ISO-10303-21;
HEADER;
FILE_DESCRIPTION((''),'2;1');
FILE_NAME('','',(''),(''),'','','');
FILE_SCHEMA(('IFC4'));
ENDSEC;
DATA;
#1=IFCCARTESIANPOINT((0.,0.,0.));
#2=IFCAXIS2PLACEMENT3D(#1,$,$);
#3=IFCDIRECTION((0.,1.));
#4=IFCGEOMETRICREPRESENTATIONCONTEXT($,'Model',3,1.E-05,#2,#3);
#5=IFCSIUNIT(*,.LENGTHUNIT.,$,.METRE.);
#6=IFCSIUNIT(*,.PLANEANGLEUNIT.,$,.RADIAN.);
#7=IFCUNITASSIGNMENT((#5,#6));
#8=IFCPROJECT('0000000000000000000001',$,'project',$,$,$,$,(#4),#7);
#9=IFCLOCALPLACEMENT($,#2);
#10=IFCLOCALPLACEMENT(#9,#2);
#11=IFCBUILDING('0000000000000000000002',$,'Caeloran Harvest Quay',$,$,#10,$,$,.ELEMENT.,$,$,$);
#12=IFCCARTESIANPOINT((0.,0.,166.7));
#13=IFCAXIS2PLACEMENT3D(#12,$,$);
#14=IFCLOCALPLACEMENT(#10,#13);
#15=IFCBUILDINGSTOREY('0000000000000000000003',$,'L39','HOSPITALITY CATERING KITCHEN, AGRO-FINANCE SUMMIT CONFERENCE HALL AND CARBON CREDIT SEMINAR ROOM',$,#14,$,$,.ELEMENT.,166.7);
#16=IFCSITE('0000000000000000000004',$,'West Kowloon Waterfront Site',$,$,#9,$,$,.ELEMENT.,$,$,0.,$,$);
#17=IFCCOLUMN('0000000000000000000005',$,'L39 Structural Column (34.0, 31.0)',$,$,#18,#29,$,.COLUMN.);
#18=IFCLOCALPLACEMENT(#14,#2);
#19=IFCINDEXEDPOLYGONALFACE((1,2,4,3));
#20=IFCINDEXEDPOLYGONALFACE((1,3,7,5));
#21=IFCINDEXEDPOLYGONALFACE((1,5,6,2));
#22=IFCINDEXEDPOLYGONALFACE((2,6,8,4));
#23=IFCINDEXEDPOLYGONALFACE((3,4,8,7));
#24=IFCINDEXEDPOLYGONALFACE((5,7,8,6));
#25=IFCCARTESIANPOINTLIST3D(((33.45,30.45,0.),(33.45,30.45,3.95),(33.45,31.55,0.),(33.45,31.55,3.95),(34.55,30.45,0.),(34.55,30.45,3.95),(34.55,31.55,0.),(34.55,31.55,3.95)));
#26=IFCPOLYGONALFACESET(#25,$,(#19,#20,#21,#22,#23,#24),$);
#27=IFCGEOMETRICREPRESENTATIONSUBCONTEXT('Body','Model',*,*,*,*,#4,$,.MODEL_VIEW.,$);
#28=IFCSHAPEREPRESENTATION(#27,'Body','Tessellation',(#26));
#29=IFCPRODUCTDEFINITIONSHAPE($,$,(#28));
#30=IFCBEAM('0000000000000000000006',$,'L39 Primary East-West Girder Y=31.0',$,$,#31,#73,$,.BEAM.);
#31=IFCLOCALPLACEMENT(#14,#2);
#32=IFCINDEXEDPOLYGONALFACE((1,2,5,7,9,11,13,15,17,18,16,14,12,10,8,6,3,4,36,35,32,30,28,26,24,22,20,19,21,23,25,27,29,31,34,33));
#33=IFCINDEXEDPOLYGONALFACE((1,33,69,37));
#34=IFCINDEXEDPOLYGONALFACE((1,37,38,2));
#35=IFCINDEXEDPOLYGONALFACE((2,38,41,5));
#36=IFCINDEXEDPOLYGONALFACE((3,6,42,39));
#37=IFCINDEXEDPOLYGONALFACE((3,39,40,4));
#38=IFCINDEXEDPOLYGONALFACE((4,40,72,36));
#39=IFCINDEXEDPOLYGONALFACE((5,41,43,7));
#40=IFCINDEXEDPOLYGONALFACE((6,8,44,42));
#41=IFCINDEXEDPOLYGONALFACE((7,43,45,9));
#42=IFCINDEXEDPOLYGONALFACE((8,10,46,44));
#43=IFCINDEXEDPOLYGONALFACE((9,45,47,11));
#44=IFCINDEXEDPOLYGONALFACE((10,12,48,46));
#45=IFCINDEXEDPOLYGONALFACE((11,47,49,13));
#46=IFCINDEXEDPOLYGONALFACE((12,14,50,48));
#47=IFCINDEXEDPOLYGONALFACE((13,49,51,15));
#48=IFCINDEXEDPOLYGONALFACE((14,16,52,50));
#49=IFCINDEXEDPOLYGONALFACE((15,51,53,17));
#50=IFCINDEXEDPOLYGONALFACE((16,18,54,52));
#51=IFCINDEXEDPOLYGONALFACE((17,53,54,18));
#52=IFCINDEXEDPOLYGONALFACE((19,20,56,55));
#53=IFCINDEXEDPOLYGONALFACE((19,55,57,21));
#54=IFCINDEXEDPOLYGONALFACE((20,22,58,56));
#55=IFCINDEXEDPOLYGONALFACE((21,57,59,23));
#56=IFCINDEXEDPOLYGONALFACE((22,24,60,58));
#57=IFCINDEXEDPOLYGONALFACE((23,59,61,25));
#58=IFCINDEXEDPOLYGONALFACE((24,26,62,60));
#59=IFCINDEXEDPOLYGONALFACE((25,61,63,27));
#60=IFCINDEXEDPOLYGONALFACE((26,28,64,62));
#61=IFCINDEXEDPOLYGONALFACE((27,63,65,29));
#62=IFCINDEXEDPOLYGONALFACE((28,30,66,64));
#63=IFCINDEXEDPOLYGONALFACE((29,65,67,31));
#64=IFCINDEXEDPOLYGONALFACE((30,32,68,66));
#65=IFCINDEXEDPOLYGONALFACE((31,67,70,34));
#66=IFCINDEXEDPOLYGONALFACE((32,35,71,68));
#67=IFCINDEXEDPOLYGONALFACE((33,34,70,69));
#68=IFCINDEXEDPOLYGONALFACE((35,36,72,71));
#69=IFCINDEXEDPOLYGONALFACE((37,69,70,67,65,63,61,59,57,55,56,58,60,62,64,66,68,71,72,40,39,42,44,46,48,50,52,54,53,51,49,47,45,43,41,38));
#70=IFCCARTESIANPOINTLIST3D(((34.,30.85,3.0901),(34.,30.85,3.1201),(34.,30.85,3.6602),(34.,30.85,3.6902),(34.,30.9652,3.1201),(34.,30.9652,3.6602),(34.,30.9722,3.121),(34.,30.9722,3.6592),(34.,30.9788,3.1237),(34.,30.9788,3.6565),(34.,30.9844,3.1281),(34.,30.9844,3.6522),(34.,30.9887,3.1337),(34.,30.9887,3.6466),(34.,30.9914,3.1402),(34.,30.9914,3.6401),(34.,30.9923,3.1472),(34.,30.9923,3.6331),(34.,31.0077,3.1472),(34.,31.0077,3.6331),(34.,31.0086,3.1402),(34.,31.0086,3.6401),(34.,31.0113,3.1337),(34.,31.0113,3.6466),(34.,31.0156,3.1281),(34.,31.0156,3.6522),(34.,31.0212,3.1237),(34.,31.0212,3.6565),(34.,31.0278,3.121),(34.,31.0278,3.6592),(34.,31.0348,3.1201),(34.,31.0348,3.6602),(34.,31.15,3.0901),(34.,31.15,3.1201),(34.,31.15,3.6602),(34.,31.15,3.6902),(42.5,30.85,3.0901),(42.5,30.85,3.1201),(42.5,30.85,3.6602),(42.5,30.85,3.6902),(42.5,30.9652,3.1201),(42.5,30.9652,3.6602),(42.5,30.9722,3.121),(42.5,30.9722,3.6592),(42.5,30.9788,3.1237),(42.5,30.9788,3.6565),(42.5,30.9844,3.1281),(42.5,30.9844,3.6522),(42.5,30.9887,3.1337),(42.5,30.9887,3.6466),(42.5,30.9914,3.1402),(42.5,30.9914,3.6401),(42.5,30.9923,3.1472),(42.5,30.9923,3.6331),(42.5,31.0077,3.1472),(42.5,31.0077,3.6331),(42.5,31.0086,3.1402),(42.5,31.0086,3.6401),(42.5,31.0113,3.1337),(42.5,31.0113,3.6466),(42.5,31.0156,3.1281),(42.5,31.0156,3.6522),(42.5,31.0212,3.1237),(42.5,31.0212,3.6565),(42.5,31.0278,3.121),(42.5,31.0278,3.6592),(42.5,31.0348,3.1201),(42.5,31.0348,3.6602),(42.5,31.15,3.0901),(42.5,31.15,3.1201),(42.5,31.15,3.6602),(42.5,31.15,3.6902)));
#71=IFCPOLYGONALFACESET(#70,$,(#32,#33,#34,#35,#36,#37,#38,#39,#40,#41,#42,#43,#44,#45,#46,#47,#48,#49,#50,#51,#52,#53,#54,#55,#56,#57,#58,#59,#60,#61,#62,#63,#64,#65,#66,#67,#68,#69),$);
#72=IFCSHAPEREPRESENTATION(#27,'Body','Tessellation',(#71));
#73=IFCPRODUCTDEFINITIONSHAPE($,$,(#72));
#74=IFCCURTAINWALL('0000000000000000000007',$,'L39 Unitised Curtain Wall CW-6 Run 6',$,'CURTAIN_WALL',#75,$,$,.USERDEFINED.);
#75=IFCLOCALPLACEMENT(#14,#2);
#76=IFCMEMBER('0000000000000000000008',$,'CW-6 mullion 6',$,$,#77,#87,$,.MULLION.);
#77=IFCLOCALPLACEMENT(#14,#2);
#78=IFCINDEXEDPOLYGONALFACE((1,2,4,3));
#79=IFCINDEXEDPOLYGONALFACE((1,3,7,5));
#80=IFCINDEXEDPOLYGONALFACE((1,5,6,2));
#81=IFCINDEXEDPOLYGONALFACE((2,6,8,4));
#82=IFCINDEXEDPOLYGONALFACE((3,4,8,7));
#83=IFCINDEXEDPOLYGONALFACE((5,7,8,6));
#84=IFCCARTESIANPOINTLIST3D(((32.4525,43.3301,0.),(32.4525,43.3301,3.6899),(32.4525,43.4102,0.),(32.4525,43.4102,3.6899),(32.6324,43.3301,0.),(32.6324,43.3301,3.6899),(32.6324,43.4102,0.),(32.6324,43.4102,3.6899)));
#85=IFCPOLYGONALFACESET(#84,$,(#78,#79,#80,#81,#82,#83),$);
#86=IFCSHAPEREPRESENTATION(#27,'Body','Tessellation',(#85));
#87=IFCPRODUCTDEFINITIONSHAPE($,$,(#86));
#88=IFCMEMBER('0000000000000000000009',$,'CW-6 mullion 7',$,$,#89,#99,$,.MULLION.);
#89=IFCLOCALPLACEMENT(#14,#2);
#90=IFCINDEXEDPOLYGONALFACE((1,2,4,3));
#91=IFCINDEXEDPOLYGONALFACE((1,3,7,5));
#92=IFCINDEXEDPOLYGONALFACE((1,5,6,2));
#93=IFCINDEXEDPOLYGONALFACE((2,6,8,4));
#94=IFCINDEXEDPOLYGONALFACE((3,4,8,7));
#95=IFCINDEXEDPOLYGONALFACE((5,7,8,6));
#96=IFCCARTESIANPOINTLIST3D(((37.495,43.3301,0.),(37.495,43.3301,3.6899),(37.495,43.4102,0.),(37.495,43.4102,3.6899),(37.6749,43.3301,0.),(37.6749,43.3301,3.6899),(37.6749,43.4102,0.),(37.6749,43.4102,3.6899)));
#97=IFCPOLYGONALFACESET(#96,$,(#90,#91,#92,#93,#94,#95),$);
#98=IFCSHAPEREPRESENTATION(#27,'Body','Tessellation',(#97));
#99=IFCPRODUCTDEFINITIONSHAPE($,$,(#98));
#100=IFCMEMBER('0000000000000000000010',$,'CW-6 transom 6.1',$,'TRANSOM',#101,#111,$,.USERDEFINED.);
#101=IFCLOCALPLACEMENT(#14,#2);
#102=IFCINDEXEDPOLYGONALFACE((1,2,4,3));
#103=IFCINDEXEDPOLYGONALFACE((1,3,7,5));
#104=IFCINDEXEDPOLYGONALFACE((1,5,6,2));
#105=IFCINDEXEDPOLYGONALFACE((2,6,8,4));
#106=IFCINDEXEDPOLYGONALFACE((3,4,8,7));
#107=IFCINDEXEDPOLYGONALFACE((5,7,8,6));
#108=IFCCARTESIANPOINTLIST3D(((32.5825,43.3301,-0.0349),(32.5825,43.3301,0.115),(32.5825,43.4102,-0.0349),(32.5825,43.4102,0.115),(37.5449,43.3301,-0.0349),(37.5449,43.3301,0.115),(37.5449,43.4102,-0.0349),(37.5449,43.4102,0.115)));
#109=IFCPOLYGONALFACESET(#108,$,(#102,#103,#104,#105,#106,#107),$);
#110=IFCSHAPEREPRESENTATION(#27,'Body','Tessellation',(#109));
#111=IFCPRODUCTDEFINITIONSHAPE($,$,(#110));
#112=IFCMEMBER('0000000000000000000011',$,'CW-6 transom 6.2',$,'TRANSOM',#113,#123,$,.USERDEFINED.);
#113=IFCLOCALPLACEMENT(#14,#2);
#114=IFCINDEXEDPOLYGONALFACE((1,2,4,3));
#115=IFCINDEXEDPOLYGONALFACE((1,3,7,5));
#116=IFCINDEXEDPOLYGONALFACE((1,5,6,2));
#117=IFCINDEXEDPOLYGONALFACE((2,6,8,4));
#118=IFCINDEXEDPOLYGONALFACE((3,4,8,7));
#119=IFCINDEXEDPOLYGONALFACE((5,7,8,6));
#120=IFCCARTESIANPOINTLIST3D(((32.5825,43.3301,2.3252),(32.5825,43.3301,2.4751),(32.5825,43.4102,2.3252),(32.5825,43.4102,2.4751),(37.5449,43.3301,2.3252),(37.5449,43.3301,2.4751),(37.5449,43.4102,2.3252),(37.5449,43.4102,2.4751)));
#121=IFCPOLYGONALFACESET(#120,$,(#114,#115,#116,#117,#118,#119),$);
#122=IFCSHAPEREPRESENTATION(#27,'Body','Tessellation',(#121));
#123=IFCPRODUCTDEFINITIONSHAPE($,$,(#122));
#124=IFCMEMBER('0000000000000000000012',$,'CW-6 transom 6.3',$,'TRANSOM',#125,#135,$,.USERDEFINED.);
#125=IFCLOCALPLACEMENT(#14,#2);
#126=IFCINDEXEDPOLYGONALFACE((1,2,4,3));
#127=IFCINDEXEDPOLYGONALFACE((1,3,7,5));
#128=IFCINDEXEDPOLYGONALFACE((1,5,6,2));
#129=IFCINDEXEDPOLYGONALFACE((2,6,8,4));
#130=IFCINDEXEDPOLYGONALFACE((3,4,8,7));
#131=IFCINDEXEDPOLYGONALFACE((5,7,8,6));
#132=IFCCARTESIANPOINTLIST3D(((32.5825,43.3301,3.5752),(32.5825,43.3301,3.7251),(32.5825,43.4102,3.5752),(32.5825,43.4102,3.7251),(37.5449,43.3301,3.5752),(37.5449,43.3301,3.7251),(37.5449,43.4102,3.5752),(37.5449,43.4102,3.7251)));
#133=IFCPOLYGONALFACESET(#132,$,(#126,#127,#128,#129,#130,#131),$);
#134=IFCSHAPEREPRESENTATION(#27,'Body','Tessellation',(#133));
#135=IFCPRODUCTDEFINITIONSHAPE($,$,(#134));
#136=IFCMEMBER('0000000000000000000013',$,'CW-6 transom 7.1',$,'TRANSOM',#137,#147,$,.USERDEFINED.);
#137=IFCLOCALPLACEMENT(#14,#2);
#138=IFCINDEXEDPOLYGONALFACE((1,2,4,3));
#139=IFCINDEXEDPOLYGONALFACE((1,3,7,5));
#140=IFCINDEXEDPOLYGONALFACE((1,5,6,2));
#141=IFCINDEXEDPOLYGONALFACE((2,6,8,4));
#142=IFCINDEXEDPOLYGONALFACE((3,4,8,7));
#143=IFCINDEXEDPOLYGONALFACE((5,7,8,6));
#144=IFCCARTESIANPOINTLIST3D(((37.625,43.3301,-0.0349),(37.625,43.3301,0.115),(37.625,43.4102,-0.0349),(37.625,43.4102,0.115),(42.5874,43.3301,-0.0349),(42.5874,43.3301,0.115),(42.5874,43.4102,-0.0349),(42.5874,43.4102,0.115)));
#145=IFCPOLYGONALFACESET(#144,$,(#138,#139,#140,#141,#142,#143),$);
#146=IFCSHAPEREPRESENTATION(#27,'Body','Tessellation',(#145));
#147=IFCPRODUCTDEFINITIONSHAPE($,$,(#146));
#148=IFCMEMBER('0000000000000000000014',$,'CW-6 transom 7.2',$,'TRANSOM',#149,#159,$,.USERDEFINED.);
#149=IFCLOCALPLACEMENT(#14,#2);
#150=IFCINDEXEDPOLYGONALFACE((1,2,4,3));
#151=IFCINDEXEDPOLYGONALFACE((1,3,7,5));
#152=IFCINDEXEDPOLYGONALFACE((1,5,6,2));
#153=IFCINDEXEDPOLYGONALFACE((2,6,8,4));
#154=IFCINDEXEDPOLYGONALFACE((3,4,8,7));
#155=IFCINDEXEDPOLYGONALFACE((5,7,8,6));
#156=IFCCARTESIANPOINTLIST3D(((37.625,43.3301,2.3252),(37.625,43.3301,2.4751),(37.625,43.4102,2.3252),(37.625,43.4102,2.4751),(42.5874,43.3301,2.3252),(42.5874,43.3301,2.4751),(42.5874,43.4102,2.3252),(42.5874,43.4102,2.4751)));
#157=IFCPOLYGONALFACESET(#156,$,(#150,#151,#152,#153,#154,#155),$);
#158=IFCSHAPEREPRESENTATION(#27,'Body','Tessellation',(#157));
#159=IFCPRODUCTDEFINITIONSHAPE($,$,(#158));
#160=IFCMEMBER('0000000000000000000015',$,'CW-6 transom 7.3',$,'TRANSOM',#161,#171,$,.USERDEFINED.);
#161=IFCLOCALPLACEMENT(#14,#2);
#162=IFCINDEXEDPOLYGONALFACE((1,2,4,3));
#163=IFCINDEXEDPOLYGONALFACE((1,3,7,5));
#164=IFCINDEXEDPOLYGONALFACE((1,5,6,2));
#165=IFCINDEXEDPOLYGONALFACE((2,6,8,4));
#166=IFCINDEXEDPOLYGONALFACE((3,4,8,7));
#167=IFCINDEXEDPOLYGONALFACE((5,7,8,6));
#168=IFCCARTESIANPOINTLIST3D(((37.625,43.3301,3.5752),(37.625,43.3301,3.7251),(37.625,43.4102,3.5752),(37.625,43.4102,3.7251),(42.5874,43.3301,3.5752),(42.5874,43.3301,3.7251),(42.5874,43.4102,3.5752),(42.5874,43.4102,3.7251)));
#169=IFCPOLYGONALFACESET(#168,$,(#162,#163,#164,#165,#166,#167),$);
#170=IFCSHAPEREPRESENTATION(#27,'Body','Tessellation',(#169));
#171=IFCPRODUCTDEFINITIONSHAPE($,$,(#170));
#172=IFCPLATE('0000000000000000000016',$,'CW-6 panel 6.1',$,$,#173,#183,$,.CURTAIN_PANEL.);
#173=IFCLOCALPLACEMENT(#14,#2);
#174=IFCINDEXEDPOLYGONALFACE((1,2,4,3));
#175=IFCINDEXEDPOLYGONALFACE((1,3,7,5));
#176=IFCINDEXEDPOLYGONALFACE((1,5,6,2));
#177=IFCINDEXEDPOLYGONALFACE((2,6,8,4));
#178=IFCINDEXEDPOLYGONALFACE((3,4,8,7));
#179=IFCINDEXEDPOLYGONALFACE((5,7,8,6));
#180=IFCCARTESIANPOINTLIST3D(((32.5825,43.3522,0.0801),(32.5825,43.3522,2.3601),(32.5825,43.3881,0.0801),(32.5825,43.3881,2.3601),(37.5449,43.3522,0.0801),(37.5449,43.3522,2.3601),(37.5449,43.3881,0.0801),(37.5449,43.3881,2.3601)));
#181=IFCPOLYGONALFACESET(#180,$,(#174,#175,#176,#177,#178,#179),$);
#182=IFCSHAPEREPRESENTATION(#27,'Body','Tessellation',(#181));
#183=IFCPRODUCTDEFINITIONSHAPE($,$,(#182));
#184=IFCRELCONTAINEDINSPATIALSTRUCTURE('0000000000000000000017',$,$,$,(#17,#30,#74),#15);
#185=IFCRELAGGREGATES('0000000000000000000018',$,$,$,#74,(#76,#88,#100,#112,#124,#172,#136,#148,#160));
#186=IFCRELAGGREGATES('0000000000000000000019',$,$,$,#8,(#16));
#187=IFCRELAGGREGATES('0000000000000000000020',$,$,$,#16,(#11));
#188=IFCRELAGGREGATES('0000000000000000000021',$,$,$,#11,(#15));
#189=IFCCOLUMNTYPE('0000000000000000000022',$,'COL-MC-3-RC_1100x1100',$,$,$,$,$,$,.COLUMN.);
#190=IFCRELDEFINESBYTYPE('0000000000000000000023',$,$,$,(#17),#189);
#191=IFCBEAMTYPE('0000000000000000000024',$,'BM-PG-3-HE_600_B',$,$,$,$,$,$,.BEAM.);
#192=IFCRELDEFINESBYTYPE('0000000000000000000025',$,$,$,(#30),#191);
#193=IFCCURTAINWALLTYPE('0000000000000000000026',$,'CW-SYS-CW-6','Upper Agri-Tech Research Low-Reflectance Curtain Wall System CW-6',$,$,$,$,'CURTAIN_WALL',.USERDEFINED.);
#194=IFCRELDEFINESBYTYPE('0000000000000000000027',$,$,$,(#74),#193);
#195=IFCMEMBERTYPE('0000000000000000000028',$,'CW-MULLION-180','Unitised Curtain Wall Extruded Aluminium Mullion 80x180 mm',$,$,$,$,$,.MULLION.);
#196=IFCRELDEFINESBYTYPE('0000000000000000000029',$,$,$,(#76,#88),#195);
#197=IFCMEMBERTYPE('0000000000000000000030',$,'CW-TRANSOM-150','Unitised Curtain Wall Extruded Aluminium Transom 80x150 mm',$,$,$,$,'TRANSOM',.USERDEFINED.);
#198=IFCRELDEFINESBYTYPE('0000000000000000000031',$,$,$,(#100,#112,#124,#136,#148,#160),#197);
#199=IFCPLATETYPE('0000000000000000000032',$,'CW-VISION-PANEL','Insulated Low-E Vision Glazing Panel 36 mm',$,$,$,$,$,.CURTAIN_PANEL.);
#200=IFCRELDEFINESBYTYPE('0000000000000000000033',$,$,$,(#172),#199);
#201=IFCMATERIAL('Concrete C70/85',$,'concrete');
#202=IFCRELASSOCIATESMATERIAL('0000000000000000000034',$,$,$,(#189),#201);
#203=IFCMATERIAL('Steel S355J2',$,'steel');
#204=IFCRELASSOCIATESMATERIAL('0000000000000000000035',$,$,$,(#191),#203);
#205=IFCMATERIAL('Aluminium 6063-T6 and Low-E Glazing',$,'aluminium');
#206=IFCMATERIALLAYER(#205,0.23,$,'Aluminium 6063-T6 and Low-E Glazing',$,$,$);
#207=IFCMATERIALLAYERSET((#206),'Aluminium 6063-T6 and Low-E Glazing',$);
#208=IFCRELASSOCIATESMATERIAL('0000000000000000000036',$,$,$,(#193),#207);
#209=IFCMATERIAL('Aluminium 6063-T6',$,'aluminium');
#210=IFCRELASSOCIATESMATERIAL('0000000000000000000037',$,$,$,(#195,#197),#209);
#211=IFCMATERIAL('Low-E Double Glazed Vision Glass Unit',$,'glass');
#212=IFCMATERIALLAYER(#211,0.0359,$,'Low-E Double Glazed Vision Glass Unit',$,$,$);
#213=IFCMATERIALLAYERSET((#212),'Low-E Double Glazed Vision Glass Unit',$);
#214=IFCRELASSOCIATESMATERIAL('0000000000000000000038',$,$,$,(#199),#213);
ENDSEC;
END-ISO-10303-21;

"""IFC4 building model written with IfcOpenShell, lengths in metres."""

from ifc_helpers import new_model, si_unit, direction, frame, origin, origin_2d, place, context, subcontext, project, spatial, rectangle, i_section, extrude, material, layer, layer_set, material_profile, profile_set, type_object, element, aggregate, save


model = new_model("IFC4")

# Units and contexts
model_context = context("Model", 3, precision=1e-05, world=origin(), true_north=direction((0.0, 1.0)))
body_context = subcontext(model_context, "Body", "Model", "MODEL_VIEW")
ifc_project = project(units=[si_unit("LENGTHUNIT", "METRE"), si_unit("PLANEANGLEUNIT", "RADIAN")], contexts=[model_context])

# Site, building, storey
site_placement = place(None, origin())
site = spatial("IfcSite", under=ifc_project, at=site_placement, Name="West Kowloon Waterfront Site", CompositionType="ELEMENT", RefElevation=0.0)
building_placement = place(site_placement, origin())
building = spatial("IfcBuilding", under=site, at=building_placement, Name="Caeloran Harvest Quay", CompositionType="ELEMENT")
storey_placement = place(building_placement, frame((0.0, 0.0, 166.7)))
storey = spatial("IfcBuildingStorey", under=building, at=storey_placement, Name="L39", Description="HOSPITALITY CATERING KITCHEN, AGRO-FINANCE SUMMIT CONFERENCE HALL AND CARBON CREDIT SEMINAR ROOM", CompositionType="ELEMENT", Elevation=166.7)

# Column
ifc_material_1 = material(Name="Concrete C70/85", Category="concrete")
ifc_material_profile_1 = material_profile(ifc_material_1, rectangle(XDim=1.1001, YDim=1.1001, at=origin_2d()), Name="RC 1100x1100")
ifc_profile_set_1 = profile_set([ifc_material_profile_1], Name="Concrete C70/85")
column_type = type_object("IfcColumnType", Name="COL-MC-3-RC_1100x1100", PredefinedType="COLUMN", material=ifc_profile_set_1)
column_placement = place(storey_placement, frame((34.0, 31.0, 0.0), z_axis=(0.0, 0.0, 1.0), x_axis=(1.0, 0.0, 0.0)))
element("IfcColumn", 1, at=column_placement, inside=storey, type_object=column_type, Name="L39 Structural Column (34.0, 31.0)", PredefinedType="COLUMN", context=body_context, shape_type="SweptSolid", body=[
    extrude(rectangle(XDim=1.1001, YDim=1.1001, at=origin_2d()), origin(), (0.0, 0.0, 1.0), 3.95),
])

# Beam
ifc_material_2 = material(Name="Steel S355J2", Category="steel")
ifc_material_profile_2 = material_profile(ifc_material_2, i_section(OverallWidth=0.3, OverallDepth=0.6001, WebThickness=0.0154, FlangeThickness=0.03, FilletRadius=0.0271, at=origin_2d()), Name="HE 600 B")
ifc_profile_set_2 = profile_set([ifc_material_profile_2], Name="Steel S355J2")
beam_type = type_object("IfcBeamType", Name="BM-PG-3-HE_600_B", PredefinedType="BEAM", material=ifc_profile_set_2)
beam_placement = place(storey_placement, frame((34.0, 31.0, 3.3901), z_axis=(1.0, 0.0, 0.0), x_axis=(0.0, 1.0, 0.0)))
element("IfcBeam", 2, at=beam_placement, inside=storey, type_object=beam_type, Name="L39 Primary East-West Girder Y=31.0", PredefinedType="BEAM", context=body_context, shape_type="SweptSolid", body=[
    extrude(i_section(OverallWidth=0.3, OverallDepth=0.6001, WebThickness=0.0154, FlangeThickness=0.03, FilletRadius=0.0271, at=origin_2d()), origin(), (0.0, 0.0, 1.0), 8.5),
])

# Curtain wall, members, plate
ifc_material_3 = material(Name="Aluminium 6063-T6 and Low-E Glazing", Category="aluminium")
ifc_layer_1 = layer(ifc_material_3, 0.23, Name="Aluminium 6063-T6 and Low-E Glazing")
ifc_layer_set_1 = layer_set([ifc_layer_1], Name="Aluminium 6063-T6 and Low-E Glazing")
curtain_wall_type = type_object("IfcCurtainWallType", Name="CW-SYS-CW-6", Description="Upper Agri-Tech Research Low-Reflectance Curtain Wall System CW-6", ElementType="CURTAIN_WALL", PredefinedType="USERDEFINED", material=ifc_layer_set_1)
curtain_wall_placement = place(storey_placement, origin())
curtain_wall = element("IfcCurtainWall", 3, at=curtain_wall_placement, inside=storey, type_object=curtain_wall_type, Name="L39 Unitised Curtain Wall CW-6 Run 6", ObjectType="CURTAIN_WALL", PredefinedType="USERDEFINED")
ifc_material_4 = material(Name="Aluminium 6063-T6", Category="aluminium")
ifc_material_profile_3 = material_profile(ifc_material_4, rectangle(XDim=0.0801, YDim=0.1799, at=origin_2d()), Name="CW-MULLION-180")
ifc_profile_set_3 = profile_set([ifc_material_profile_3], Name="Aluminium 6063-T6")
member_type_1 = type_object("IfcMemberType", Name="CW-MULLION-180", Description="Unitised Curtain Wall Extruded Aluminium Mullion 80x180 mm", PredefinedType="MULLION", material=ifc_profile_set_3)
member_1_placement = place(storey_placement, frame((32.5425, 43.3701, 0.0), z_axis=(0.0, 0.0, 1.0), x_axis=(0.0, 1.0, 0.0)))
member_1 = element("IfcMember", 4, at=member_1_placement, type_object=member_type_1, Name="CW-6 mullion 6", PredefinedType="MULLION", context=body_context, shape_type="SweptSolid", body=[
    extrude(rectangle(XDim=0.0801, YDim=0.1799, at=origin_2d()), origin(), (0.0, 0.0, 1.0), 3.6899),
])
member_2_placement = place(storey_placement, frame((37.585, 43.3701, 0.0), z_axis=(0.0, 0.0, 1.0), x_axis=(0.0, 1.0, 0.0)))
member_2 = element("IfcMember", 5, at=member_2_placement, type_object=member_type_1, Name="CW-6 mullion 7", PredefinedType="MULLION", context=body_context, shape_type="SweptSolid", body=[
    extrude(rectangle(XDim=0.0801, YDim=0.1799, at=origin_2d()), origin(), (0.0, 0.0, 1.0), 3.6899),
])
ifc_material_profile_4 = material_profile(ifc_material_4, rectangle(XDim=0.0801, YDim=0.1499, at=origin_2d()), Name="CW-TRANSOM-150")
ifc_profile_set_4 = profile_set([ifc_material_profile_4], Name="Aluminium 6063-T6")
member_type_2 = type_object("IfcMemberType", Name="CW-TRANSOM-150", Description="Unitised Curtain Wall Extruded Aluminium Transom 80x150 mm", ElementType="TRANSOM", PredefinedType="USERDEFINED", material=ifc_profile_set_4)
member_3_placement = place(storey_placement, frame((32.5825, 43.3701, 0.04), z_axis=(1.0, 0.0, 0.0), x_axis=(0.0, 1.0, 0.0)))
member_3 = element("IfcMember", 6, at=member_3_placement, type_object=member_type_2, Name="CW-6 transom 6.1", ObjectType="TRANSOM", PredefinedType="USERDEFINED", context=body_context, shape_type="SweptSolid", body=[
    extrude(rectangle(XDim=0.0801, YDim=0.1499, at=origin_2d()), origin(), (0.0, 0.0, 1.0), 4.9624),
])
member_4_placement = place(storey_placement, frame((32.5825, 43.3701, 2.4001), z_axis=(1.0, 0.0, 0.0), x_axis=(0.0, 1.0, 0.0)))
member_4 = element("IfcMember", 7, at=member_4_placement, type_object=member_type_2, Name="CW-6 transom 6.2", ObjectType="TRANSOM", PredefinedType="USERDEFINED", context=body_context, shape_type="SweptSolid", body=[
    extrude(rectangle(XDim=0.0801, YDim=0.1499, at=origin_2d()), origin(), (0.0, 0.0, 1.0), 4.9624),
])
member_5_placement = place(storey_placement, frame((32.5825, 43.3701, 3.6501), z_axis=(1.0, 0.0, 0.0), x_axis=(0.0, 1.0, 0.0)))
member_5 = element("IfcMember", 8, at=member_5_placement, type_object=member_type_2, Name="CW-6 transom 6.3", ObjectType="TRANSOM", PredefinedType="USERDEFINED", context=body_context, shape_type="SweptSolid", body=[
    extrude(rectangle(XDim=0.0801, YDim=0.1499, at=origin_2d()), origin(), (0.0, 0.0, 1.0), 4.9624),
])
member_6_placement = place(storey_placement, frame((37.625, 43.3701, 0.04), z_axis=(1.0, 0.0, 0.0), x_axis=(0.0, 1.0, 0.0)))
member_6 = element("IfcMember", 9, at=member_6_placement, type_object=member_type_2, Name="CW-6 transom 7.1", ObjectType="TRANSOM", PredefinedType="USERDEFINED", context=body_context, shape_type="SweptSolid", body=[
    extrude(rectangle(XDim=0.0801, YDim=0.1499, at=origin_2d()), origin(), (0.0, 0.0, 1.0), 4.9624),
])
member_7_placement = place(storey_placement, frame((37.625, 43.3701, 2.4001), z_axis=(1.0, 0.0, 0.0), x_axis=(0.0, 1.0, 0.0)))
member_7 = element("IfcMember", 10, at=member_7_placement, type_object=member_type_2, Name="CW-6 transom 7.2", ObjectType="TRANSOM", PredefinedType="USERDEFINED", context=body_context, shape_type="SweptSolid", body=[
    extrude(rectangle(XDim=0.0801, YDim=0.1499, at=origin_2d()), origin(), (0.0, 0.0, 1.0), 4.9624),
])
member_8_placement = place(storey_placement, frame((37.625, 43.3701, 3.6501), z_axis=(1.0, 0.0, 0.0), x_axis=(0.0, 1.0, 0.0)))
member_8 = element("IfcMember", 11, at=member_8_placement, type_object=member_type_2, Name="CW-6 transom 7.3", ObjectType="TRANSOM", PredefinedType="USERDEFINED", context=body_context, shape_type="SweptSolid", body=[
    extrude(rectangle(XDim=0.0801, YDim=0.1499, at=origin_2d()), origin(), (0.0, 0.0, 1.0), 4.9624),
])
ifc_material_5 = material(Name="Low-E Double Glazed Vision Glass Unit", Category="glass")
ifc_layer_2 = layer(ifc_material_5, 0.0359, Name="Low-E Double Glazed Vision Glass Unit")
ifc_layer_set_2 = layer_set([ifc_layer_2], Name="Low-E Double Glazed Vision Glass Unit")
plate_type = type_object("IfcPlateType", Name="CW-VISION-PANEL", Description="Insulated Low-E Vision Glazing Panel 36 mm", PredefinedType="CURTAIN_PANEL", material=ifc_layer_set_2)
plate_1_placement = place(storey_placement, frame((35.0637, 43.3701, 0.0801), z_axis=(0.0, 0.0, 1.0), x_axis=(1.0, 0.0, 0.0)))
plate_1 = element("IfcPlate", 12, at=plate_1_placement, type_object=plate_type, Name="CW-6 panel 6.1", PredefinedType="CURTAIN_PANEL", context=body_context, shape_type="SweptSolid", body=[
    extrude(rectangle(XDim=4.9624, YDim=0.0359, at=origin_2d()), origin(), (0.0, 0.0, 1.0), 2.28),
])
aggregate(curtain_wall, [member_1, member_2, member_3, member_4, member_5, plate_1, member_6, member_7, member_8])

save(model, "model.ifc")
